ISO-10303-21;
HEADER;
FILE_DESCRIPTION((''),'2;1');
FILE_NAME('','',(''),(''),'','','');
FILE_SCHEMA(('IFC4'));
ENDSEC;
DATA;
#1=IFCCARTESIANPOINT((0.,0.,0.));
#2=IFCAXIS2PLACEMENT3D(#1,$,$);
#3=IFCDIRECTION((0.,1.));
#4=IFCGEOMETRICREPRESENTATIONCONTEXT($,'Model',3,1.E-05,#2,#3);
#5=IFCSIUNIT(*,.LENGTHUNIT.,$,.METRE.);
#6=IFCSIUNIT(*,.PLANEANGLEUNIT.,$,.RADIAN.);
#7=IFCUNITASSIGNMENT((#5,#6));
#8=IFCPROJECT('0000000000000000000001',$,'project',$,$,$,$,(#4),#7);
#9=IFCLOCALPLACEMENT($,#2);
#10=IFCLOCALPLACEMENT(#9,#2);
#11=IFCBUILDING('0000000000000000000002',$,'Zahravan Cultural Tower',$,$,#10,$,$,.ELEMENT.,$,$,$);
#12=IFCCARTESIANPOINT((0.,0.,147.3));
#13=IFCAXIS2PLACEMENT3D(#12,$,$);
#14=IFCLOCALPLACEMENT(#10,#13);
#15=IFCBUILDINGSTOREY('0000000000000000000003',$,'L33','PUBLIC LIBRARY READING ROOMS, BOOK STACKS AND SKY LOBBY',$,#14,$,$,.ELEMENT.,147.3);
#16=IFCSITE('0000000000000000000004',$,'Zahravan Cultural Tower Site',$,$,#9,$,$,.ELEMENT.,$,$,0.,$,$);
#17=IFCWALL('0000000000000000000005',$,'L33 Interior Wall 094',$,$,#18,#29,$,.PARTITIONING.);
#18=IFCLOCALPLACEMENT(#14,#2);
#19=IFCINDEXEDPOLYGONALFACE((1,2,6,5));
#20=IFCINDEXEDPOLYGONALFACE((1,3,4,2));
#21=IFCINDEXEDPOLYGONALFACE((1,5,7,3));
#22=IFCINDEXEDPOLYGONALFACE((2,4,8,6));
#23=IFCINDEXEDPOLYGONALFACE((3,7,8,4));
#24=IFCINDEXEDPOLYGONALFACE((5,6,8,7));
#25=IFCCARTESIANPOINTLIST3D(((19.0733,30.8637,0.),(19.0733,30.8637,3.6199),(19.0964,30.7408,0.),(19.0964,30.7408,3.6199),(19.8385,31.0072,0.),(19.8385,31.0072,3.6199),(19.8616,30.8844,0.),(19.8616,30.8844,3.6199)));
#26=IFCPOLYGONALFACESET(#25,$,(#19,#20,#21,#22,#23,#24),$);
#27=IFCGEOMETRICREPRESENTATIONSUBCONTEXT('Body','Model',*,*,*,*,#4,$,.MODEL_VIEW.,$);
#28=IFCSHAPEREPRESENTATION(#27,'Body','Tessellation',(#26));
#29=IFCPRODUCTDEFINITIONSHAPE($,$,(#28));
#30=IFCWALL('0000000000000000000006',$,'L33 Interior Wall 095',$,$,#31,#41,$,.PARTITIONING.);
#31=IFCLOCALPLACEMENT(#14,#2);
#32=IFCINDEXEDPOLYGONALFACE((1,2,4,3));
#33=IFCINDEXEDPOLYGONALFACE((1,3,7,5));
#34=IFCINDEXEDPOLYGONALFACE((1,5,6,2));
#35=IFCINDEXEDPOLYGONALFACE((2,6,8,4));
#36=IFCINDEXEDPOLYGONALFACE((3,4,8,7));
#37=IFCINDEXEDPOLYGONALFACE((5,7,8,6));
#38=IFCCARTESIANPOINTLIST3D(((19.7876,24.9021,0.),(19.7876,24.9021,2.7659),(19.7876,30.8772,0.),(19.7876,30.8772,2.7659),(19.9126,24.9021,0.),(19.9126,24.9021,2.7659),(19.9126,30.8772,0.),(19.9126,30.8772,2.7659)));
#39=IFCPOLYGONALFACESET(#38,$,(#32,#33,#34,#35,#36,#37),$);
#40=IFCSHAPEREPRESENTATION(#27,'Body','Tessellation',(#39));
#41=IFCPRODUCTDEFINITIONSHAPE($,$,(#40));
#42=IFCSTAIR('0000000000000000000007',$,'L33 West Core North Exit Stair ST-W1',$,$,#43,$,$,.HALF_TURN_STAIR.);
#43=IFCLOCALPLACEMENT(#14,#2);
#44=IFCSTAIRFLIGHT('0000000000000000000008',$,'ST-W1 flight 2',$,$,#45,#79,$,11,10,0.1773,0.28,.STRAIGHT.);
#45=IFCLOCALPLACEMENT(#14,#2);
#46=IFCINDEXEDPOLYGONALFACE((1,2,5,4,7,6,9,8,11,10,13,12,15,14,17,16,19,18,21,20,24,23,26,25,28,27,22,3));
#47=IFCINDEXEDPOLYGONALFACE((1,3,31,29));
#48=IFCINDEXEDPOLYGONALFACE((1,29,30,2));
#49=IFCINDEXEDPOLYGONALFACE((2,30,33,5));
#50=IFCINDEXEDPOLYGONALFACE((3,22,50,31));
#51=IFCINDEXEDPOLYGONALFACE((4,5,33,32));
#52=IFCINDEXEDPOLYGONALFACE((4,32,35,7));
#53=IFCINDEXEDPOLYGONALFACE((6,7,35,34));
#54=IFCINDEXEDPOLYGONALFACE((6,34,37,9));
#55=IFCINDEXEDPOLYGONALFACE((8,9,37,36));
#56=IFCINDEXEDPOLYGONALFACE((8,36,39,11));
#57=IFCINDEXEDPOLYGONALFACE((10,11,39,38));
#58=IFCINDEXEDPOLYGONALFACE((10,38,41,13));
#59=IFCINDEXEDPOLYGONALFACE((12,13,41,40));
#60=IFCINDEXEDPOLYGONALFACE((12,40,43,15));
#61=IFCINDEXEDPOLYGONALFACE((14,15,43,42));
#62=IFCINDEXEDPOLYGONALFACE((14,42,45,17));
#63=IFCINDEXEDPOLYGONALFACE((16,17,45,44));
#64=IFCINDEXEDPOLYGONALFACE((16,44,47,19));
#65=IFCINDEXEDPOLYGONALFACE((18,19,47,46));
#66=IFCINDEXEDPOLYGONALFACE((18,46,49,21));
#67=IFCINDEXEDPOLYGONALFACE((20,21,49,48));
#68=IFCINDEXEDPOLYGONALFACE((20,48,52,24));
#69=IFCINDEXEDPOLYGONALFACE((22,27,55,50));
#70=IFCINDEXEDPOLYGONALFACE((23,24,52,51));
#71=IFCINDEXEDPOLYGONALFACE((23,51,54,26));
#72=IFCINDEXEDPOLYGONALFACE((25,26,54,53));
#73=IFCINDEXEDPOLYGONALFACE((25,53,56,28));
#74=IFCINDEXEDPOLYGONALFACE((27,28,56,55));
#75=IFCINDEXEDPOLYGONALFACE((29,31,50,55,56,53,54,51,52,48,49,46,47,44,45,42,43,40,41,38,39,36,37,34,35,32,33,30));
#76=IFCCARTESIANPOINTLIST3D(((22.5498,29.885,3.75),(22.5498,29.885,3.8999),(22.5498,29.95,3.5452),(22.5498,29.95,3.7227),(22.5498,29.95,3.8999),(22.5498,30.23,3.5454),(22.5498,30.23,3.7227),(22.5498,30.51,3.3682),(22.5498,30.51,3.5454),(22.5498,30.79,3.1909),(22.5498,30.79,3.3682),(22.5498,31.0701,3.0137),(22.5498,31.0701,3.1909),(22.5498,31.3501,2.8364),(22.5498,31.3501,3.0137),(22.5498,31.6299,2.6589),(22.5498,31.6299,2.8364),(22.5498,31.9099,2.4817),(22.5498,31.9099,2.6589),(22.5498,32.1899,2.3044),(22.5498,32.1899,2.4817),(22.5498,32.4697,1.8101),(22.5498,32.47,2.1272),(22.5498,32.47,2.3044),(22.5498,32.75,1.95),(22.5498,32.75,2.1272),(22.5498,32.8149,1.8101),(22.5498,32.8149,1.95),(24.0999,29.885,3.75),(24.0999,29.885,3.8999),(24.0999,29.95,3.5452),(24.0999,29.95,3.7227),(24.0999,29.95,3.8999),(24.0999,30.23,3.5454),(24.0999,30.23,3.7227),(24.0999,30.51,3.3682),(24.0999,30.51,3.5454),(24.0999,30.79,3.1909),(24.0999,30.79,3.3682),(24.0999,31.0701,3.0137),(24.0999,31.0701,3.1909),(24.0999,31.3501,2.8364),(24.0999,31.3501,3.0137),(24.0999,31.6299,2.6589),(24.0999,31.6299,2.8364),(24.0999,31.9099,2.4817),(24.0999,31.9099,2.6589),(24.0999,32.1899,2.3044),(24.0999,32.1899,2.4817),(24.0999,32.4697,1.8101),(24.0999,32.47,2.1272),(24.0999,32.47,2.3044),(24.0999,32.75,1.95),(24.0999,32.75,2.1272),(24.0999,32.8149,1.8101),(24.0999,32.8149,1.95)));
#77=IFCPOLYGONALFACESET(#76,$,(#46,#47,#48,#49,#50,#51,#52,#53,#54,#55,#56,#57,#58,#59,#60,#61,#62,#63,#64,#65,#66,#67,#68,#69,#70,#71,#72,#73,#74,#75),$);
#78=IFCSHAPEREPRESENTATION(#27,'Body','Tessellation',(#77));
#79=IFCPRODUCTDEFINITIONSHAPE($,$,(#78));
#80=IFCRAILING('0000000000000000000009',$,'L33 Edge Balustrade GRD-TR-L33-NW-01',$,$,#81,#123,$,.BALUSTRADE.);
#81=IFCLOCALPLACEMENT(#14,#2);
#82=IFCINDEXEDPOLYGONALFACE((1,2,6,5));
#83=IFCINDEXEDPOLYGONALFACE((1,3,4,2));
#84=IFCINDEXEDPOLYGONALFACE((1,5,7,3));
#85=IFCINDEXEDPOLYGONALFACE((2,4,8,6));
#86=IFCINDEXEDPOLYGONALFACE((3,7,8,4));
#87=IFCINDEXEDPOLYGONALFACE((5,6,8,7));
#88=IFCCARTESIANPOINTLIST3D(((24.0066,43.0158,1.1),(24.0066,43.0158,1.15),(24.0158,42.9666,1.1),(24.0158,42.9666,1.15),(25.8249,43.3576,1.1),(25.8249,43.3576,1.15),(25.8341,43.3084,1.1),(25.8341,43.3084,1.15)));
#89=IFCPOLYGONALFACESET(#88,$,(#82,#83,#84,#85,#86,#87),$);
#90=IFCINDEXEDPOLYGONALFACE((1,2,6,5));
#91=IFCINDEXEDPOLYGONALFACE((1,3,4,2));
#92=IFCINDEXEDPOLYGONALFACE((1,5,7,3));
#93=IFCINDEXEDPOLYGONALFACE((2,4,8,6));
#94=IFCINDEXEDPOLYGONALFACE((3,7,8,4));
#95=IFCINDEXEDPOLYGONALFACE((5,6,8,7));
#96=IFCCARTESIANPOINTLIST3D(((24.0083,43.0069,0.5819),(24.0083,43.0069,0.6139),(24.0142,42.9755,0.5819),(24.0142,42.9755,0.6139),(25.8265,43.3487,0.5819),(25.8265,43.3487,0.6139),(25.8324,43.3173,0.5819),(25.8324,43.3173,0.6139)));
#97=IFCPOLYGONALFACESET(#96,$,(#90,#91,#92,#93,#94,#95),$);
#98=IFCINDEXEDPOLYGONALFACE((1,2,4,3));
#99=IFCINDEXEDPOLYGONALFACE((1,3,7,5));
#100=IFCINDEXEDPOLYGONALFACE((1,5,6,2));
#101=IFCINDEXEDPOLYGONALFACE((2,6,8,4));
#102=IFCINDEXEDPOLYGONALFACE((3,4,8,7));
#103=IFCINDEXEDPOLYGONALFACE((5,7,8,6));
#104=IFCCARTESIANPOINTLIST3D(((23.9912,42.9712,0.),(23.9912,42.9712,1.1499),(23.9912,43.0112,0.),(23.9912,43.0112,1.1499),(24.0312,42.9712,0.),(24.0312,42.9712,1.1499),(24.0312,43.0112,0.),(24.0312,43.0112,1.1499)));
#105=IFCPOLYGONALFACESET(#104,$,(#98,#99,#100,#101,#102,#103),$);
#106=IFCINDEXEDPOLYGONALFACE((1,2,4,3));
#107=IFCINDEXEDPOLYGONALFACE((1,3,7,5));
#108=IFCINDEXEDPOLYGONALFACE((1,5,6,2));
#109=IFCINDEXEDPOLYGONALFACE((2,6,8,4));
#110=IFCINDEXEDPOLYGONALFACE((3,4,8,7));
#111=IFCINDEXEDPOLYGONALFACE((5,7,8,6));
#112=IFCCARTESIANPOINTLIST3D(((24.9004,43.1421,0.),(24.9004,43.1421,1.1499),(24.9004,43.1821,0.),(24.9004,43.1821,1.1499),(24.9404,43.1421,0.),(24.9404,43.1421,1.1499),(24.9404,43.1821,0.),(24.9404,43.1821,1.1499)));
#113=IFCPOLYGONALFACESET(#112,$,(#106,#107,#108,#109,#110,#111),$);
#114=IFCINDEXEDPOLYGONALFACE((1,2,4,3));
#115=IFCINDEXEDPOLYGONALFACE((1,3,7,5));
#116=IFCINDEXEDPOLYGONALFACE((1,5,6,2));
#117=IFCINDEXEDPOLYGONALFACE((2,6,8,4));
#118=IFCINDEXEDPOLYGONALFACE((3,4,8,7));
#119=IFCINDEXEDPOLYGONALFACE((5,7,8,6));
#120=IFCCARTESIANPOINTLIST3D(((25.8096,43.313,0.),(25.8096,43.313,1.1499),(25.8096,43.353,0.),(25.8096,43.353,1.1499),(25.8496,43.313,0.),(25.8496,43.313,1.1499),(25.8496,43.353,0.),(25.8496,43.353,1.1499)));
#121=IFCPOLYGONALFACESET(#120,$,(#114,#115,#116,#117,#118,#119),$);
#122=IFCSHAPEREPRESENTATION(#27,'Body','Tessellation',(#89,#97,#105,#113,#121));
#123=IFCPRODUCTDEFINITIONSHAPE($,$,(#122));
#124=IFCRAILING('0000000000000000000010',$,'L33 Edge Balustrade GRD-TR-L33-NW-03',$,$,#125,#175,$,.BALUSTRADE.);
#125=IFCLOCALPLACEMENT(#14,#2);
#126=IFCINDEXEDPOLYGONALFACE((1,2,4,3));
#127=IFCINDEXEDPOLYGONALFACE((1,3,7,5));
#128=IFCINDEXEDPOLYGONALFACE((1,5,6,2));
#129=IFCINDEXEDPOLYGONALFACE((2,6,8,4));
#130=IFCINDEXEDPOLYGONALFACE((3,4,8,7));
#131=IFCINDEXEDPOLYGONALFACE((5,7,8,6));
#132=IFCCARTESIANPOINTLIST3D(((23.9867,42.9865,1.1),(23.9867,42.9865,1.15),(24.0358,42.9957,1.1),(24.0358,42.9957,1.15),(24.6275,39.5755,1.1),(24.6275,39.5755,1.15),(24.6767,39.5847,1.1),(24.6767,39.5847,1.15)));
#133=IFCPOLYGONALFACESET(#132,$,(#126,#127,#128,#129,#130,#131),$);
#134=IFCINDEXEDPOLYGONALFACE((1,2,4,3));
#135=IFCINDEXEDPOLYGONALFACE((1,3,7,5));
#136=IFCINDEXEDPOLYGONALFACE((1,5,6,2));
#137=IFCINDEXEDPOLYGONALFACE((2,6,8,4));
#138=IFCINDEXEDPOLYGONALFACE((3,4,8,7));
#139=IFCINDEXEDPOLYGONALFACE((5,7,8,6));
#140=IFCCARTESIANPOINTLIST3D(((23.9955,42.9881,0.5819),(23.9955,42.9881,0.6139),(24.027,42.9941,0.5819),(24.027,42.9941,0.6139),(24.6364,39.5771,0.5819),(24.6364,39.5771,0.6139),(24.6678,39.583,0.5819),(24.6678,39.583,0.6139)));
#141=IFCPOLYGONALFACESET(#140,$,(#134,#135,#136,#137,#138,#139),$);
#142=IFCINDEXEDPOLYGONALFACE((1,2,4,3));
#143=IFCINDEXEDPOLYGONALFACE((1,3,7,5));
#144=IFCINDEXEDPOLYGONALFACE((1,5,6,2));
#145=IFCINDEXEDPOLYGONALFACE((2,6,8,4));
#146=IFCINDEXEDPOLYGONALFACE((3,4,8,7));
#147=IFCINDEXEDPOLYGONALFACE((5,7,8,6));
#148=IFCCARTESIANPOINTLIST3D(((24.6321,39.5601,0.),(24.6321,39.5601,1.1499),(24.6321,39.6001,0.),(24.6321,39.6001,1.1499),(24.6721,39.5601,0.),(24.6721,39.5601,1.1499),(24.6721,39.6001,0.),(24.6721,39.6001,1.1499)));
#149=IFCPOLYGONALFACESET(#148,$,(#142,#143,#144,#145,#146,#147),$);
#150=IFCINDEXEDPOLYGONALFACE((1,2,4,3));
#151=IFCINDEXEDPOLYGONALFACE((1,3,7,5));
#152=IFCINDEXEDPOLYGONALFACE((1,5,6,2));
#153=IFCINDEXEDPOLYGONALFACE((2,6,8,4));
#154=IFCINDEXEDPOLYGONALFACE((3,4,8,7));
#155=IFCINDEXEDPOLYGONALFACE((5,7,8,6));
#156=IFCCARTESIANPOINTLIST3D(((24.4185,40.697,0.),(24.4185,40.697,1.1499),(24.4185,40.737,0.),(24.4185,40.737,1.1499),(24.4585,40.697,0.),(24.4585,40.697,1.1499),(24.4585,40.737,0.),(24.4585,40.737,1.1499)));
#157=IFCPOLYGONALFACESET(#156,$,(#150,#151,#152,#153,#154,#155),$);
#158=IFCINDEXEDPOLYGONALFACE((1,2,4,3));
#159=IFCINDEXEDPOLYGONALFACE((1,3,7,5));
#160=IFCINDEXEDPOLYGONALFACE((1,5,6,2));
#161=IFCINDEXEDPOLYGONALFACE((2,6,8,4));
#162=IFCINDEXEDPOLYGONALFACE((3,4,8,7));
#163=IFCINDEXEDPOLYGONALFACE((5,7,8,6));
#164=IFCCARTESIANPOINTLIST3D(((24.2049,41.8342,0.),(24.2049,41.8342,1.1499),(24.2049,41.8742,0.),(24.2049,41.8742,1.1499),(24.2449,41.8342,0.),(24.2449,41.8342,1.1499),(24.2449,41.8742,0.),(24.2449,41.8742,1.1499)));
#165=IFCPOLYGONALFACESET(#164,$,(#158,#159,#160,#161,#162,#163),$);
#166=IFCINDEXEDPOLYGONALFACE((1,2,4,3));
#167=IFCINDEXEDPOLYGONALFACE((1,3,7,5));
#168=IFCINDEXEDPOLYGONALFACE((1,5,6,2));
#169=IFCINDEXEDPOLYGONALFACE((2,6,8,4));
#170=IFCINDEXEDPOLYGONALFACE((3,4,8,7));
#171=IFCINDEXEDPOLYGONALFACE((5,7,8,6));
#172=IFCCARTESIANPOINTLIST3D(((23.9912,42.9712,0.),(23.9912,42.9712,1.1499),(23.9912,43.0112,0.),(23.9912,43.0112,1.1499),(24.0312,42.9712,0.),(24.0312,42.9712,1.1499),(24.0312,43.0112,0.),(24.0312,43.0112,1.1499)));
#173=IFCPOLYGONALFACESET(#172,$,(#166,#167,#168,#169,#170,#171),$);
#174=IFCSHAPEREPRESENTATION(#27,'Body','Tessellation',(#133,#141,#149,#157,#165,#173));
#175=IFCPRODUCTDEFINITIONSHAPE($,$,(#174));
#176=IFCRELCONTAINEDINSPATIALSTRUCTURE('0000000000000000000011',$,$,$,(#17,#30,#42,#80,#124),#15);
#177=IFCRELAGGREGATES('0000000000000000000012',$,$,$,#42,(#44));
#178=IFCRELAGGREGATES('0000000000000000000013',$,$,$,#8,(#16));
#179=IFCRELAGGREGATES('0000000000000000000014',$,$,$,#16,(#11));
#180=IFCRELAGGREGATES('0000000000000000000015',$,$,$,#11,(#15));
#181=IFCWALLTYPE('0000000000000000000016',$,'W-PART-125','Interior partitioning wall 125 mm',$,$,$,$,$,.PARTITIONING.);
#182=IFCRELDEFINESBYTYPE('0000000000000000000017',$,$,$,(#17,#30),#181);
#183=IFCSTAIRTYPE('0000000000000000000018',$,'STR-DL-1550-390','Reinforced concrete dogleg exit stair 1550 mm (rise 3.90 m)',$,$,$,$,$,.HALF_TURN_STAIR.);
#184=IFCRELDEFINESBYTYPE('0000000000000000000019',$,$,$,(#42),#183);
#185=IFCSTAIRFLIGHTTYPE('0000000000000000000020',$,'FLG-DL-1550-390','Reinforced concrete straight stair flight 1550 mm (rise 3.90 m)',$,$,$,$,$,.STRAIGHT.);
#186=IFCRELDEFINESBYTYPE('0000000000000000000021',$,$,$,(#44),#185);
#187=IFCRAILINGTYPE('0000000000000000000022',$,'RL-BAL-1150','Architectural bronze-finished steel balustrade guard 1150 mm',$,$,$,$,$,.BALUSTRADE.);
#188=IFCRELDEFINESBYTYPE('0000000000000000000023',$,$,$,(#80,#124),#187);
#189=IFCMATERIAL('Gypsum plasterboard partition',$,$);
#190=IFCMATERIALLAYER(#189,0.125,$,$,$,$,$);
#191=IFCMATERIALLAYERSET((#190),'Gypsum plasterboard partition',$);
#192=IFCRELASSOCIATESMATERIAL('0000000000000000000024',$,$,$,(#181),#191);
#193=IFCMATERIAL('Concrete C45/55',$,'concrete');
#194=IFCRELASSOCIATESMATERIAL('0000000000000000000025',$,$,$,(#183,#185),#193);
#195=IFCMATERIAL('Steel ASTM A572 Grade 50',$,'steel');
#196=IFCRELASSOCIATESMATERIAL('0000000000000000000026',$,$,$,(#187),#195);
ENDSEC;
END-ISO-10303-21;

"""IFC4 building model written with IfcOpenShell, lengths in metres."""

from ifc_helpers import new_model, si_unit, direction, frame, frame_2d, origin, origin_2d, place, context, subcontext, project, spatial, polyline, rectangle, outline, extrude, source, transform, mapped, material, layer, layer_set, type_object, element, aggregate, save


model = new_model("IFC4")

# Units and contexts
model_context = context("Model", 3, precision=1e-05, world=origin(), true_north=direction((0.0, 1.0)))
body_context = subcontext(model_context, "Body", "Model", "MODEL_VIEW")
ifc_project = project(units=[si_unit("LENGTHUNIT", "METRE"), si_unit("PLANEANGLEUNIT", "RADIAN")], contexts=[model_context])

# Site, building, storey
site_placement = place(None, origin())
site = spatial("IfcSite", under=ifc_project, at=site_placement, Name="Zahravan Cultural Tower Site", CompositionType="ELEMENT", RefElevation=0.0)
building_placement = place(site_placement, origin())
building = spatial("IfcBuilding", under=site, at=building_placement, Name="Zahravan Cultural Tower", CompositionType="ELEMENT")
storey_placement = place(building_placement, frame((0.0, 0.0, 147.3)))
storey = spatial("IfcBuildingStorey", under=building, at=storey_placement, Name="L33", Description="PUBLIC LIBRARY READING ROOMS, BOOK STACKS AND SKY LOBBY", CompositionType="ELEMENT", Elevation=147.3)

# Shared definitions
ifc_material_1 = material(Name="Gypsum plasterboard partition")
ifc_layer_1 = layer(ifc_material_1, 0.125)
ifc_layer_set_1 = layer_set([ifc_layer_1], Name="Gypsum plasterboard partition")
wall_type_1 = type_object("IfcWallType", Name="W-PART-125", Description="Interior partitioning wall 125 mm", PredefinedType="PARTITIONING", material=ifc_layer_set_1)

# Walls
ifc_material_2 = material(Name="Concrete C45/55", Category="concrete")
shared_shape_1 = source(origin(), body_context, "Body", "SweptSolid", [
    extrude(rectangle(XDim=0.7786, YDim=0.125, at=frame_2d((0.3892, 0.0))), origin(), (0.0, 0.0, 1.0), 3.6199),
])
wall_1_placement = place(storey_placement, frame((19.085, 30.8022, 0.0), z_axis=(0.0, 0.0, 1.0), x_axis=(0.982851, 0.184402, 0.0)))
element("IfcWall", 1, at=wall_1_placement, inside=storey, type_object=wall_type_1, Name="L33 Interior Wall 094", PredefinedType="PARTITIONING", context=body_context, shape_type="MappedRepresentation", body=[
    mapped(shared_shape_1, transform((0.0, 0.0, 0.0), x_axis=(1.0, 0.0, 0.0), y_axis=(0.0, 1.0, 0.0), z_axis=(0.0, 0.0, 1.0), scale=1.0)),
])
shared_shape_2 = source(origin(), body_context, "Body", "SweptSolid", [
    extrude(rectangle(XDim=5.9751, YDim=0.125, at=frame_2d((2.9875, 0.0))), origin(), (0.0, 0.0, 1.0), 2.7659),
])
wall_2_placement = place(storey_placement, frame((19.8501, 30.8772, 0.0), z_axis=(0.0, 0.0, 1.0), x_axis=(0.0, -1.0, 0.0)))
element("IfcWall", 2, at=wall_2_placement, inside=storey, type_object=wall_type_1, Name="L33 Interior Wall 095", PredefinedType="PARTITIONING", context=body_context, shape_type="MappedRepresentation", body=[
    mapped(shared_shape_2, transform((0.0, 0.0, 0.0), x_axis=(1.0, 0.0, 0.0), y_axis=(0.0, 1.0, 0.0), z_axis=(0.0, 0.0, 1.0), scale=1.0)),
])

# Stair, stair flight
stair_type = type_object("IfcStairType", Name="STR-DL-1550-390", Description="Reinforced concrete dogleg exit stair 1550 mm (rise 3.90 m)", PredefinedType="HALF_TURN_STAIR", material=ifc_material_2)
stair_placement = place(storey_placement, origin())
stair = element("IfcStair", 3, at=stair_placement, inside=storey, type_object=stair_type, Name="L33 West Core North Exit Stair ST-W1", PredefinedType="HALF_TURN_STAIR")
stair_flight_type = type_object("IfcStairFlightType", Name="FLG-DL-1550-390", Description="Reinforced concrete straight stair flight 1550 mm (rise 3.90 m)", PredefinedType="STRAIGHT", material=ifc_material_2)
stair_flight_placement = place(storey_placement, frame((23.325, 32.75, 1.95), z_axis=(0.0, 0.0, 1.0), x_axis=(0.0, -1.0, 0.0)))
stair_flight = element("IfcStairFlight", 4, at=stair_flight_placement, type_object=stair_flight_type, Name="ST-W1 flight 2", NumberOfRisers=11, NumberOfTreads=10, PredefinedType="STRAIGHT", RiserHeight=0.1773, TreadLength=0.28, context=body_context, shape_type="SweptSolid", body=[
    extrude(outline(polyline([(-0.0649, -0.1399), (-0.0649, 0.0), (0.0, 0.0), (0.0, 0.1772), (0.28, 0.1772), (0.28, 0.3545), (0.5601, 0.3545), (0.5601, 0.5317), (0.8401, 0.5317), (0.8401, 0.709), (1.1201, 0.709), (1.1201, 0.8865), (1.3999, 0.8865), (1.3999, 1.0637), (1.6799, 1.0637), (1.6799, 1.241), (1.96, 1.241), (1.96, 1.4182), (2.24, 1.4182), (2.24, 1.5955), (2.52, 1.5955), (2.52, 1.7727), (2.8, 1.7727), (2.8, 1.95), (2.865, 1.95), (2.865, 1.8), (2.8, 1.5952), (0.2803, -0.1399), (-0.0649, -0.1399)])), frame((0.0, 0.7749, 0.0), z_axis=(0.0, -1.0, 0.0), x_axis=(1.0, 0.0, 0.0)), (0.0, 0.0, 1.0), 1.55),
])
aggregate(stair, [stair_flight])

# Railings
ifc_material_3 = material(Name="Steel ASTM A572 Grade 50", Category="steel")
railing_type_1 = type_object("IfcRailingType", Name="RL-BAL-1150", Description="Architectural bronze-finished steel balustrade guard 1150 mm", PredefinedType="BALUSTRADE", material=ifc_material_3)
railing_1_placement = place(storey_placement, frame((24.0112, 42.9912, 0.0)))
element("IfcRailing", 5, at=railing_1_placement, inside=storey, type_object=railing_type_1, Name="L33 Edge Balustrade GRD-TR-L33-NW-01", PredefinedType="BALUSTRADE", context=body_context, shape_type="SweptSolid", body=[
    extrude(rectangle(XDim=0.05, YDim=0.05, at=origin_2d()), frame((0.0, 0.0, 1.125), z_axis=(0.982788, 0.184735, 0.0), x_axis=(-0.184735, 0.982788, 0.0)), (0.0, 0.0, 1.0), 1.8501),
    extrude(rectangle(XDim=0.032, YDim=0.032, at=origin_2d()), frame((0.0, 0.0, 0.5979), z_axis=(0.982788, 0.184735, 0.0), x_axis=(-0.184735, 0.982788, 0.0)), (0.0, 0.0, 1.0), 1.8501),
    extrude(rectangle(XDim=0.04, YDim=0.04, at=origin_2d()), origin(), (0.0, 0.0, 1.0), 1.1499),
    extrude(rectangle(XDim=0.04, YDim=0.04, at=origin_2d()), frame((0.9092, 0.1709, 0.0)), (0.0, 0.0, 1.0), 1.1499),
    extrude(rectangle(XDim=0.04, YDim=0.04, at=origin_2d()), frame((1.8184, 0.3418, 0.0)), (0.0, 0.0, 1.0), 1.1499),
])
railing_2_placement = place(storey_placement, frame((24.6521, 39.5801, 0.0)))
element("IfcRailing", 6, at=railing_2_placement, inside=storey, type_object=railing_type_1, Name="L33 Edge Balustrade GRD-TR-L33-NW-03", PredefinedType="BALUSTRADE", context=body_context, shape_type="SweptSolid", body=[
    extrude(rectangle(XDim=0.05, YDim=0.05, at=origin_2d()), frame((0.0, 0.0, 1.125), z_axis=(-0.184645, 0.982805, 0.0), x_axis=(-0.982805, -0.184645, 0.0)), (0.0, 0.0, 1.0), 3.4707),
    extrude(rectangle(XDim=0.032, YDim=0.032, at=origin_2d()), frame((0.0, 0.0, 0.5979), z_axis=(-0.184645, 0.982805, 0.0), x_axis=(-0.982805, -0.184645, 0.0)), (0.0, 0.0, 1.0), 3.4707),
    extrude(rectangle(XDim=0.04, YDim=0.04, at=origin_2d()), origin(), (0.0, 0.0, 1.0), 1.1499),
    extrude(rectangle(XDim=0.04, YDim=0.04, at=origin_2d()), frame((-0.2136, 1.137, 0.0)), (0.0, 0.0, 1.0), 1.1499),
    extrude(rectangle(XDim=0.04, YDim=0.04, at=origin_2d()), frame((-0.4272, 2.2742, 0.0)), (0.0, 0.0, 1.0), 1.1499),
    extrude(rectangle(XDim=0.04, YDim=0.04, at=origin_2d()), frame((-0.6409, 3.4111, 0.0)), (0.0, 0.0, 1.0), 1.1499),
])

save(model, "model.ifc")
